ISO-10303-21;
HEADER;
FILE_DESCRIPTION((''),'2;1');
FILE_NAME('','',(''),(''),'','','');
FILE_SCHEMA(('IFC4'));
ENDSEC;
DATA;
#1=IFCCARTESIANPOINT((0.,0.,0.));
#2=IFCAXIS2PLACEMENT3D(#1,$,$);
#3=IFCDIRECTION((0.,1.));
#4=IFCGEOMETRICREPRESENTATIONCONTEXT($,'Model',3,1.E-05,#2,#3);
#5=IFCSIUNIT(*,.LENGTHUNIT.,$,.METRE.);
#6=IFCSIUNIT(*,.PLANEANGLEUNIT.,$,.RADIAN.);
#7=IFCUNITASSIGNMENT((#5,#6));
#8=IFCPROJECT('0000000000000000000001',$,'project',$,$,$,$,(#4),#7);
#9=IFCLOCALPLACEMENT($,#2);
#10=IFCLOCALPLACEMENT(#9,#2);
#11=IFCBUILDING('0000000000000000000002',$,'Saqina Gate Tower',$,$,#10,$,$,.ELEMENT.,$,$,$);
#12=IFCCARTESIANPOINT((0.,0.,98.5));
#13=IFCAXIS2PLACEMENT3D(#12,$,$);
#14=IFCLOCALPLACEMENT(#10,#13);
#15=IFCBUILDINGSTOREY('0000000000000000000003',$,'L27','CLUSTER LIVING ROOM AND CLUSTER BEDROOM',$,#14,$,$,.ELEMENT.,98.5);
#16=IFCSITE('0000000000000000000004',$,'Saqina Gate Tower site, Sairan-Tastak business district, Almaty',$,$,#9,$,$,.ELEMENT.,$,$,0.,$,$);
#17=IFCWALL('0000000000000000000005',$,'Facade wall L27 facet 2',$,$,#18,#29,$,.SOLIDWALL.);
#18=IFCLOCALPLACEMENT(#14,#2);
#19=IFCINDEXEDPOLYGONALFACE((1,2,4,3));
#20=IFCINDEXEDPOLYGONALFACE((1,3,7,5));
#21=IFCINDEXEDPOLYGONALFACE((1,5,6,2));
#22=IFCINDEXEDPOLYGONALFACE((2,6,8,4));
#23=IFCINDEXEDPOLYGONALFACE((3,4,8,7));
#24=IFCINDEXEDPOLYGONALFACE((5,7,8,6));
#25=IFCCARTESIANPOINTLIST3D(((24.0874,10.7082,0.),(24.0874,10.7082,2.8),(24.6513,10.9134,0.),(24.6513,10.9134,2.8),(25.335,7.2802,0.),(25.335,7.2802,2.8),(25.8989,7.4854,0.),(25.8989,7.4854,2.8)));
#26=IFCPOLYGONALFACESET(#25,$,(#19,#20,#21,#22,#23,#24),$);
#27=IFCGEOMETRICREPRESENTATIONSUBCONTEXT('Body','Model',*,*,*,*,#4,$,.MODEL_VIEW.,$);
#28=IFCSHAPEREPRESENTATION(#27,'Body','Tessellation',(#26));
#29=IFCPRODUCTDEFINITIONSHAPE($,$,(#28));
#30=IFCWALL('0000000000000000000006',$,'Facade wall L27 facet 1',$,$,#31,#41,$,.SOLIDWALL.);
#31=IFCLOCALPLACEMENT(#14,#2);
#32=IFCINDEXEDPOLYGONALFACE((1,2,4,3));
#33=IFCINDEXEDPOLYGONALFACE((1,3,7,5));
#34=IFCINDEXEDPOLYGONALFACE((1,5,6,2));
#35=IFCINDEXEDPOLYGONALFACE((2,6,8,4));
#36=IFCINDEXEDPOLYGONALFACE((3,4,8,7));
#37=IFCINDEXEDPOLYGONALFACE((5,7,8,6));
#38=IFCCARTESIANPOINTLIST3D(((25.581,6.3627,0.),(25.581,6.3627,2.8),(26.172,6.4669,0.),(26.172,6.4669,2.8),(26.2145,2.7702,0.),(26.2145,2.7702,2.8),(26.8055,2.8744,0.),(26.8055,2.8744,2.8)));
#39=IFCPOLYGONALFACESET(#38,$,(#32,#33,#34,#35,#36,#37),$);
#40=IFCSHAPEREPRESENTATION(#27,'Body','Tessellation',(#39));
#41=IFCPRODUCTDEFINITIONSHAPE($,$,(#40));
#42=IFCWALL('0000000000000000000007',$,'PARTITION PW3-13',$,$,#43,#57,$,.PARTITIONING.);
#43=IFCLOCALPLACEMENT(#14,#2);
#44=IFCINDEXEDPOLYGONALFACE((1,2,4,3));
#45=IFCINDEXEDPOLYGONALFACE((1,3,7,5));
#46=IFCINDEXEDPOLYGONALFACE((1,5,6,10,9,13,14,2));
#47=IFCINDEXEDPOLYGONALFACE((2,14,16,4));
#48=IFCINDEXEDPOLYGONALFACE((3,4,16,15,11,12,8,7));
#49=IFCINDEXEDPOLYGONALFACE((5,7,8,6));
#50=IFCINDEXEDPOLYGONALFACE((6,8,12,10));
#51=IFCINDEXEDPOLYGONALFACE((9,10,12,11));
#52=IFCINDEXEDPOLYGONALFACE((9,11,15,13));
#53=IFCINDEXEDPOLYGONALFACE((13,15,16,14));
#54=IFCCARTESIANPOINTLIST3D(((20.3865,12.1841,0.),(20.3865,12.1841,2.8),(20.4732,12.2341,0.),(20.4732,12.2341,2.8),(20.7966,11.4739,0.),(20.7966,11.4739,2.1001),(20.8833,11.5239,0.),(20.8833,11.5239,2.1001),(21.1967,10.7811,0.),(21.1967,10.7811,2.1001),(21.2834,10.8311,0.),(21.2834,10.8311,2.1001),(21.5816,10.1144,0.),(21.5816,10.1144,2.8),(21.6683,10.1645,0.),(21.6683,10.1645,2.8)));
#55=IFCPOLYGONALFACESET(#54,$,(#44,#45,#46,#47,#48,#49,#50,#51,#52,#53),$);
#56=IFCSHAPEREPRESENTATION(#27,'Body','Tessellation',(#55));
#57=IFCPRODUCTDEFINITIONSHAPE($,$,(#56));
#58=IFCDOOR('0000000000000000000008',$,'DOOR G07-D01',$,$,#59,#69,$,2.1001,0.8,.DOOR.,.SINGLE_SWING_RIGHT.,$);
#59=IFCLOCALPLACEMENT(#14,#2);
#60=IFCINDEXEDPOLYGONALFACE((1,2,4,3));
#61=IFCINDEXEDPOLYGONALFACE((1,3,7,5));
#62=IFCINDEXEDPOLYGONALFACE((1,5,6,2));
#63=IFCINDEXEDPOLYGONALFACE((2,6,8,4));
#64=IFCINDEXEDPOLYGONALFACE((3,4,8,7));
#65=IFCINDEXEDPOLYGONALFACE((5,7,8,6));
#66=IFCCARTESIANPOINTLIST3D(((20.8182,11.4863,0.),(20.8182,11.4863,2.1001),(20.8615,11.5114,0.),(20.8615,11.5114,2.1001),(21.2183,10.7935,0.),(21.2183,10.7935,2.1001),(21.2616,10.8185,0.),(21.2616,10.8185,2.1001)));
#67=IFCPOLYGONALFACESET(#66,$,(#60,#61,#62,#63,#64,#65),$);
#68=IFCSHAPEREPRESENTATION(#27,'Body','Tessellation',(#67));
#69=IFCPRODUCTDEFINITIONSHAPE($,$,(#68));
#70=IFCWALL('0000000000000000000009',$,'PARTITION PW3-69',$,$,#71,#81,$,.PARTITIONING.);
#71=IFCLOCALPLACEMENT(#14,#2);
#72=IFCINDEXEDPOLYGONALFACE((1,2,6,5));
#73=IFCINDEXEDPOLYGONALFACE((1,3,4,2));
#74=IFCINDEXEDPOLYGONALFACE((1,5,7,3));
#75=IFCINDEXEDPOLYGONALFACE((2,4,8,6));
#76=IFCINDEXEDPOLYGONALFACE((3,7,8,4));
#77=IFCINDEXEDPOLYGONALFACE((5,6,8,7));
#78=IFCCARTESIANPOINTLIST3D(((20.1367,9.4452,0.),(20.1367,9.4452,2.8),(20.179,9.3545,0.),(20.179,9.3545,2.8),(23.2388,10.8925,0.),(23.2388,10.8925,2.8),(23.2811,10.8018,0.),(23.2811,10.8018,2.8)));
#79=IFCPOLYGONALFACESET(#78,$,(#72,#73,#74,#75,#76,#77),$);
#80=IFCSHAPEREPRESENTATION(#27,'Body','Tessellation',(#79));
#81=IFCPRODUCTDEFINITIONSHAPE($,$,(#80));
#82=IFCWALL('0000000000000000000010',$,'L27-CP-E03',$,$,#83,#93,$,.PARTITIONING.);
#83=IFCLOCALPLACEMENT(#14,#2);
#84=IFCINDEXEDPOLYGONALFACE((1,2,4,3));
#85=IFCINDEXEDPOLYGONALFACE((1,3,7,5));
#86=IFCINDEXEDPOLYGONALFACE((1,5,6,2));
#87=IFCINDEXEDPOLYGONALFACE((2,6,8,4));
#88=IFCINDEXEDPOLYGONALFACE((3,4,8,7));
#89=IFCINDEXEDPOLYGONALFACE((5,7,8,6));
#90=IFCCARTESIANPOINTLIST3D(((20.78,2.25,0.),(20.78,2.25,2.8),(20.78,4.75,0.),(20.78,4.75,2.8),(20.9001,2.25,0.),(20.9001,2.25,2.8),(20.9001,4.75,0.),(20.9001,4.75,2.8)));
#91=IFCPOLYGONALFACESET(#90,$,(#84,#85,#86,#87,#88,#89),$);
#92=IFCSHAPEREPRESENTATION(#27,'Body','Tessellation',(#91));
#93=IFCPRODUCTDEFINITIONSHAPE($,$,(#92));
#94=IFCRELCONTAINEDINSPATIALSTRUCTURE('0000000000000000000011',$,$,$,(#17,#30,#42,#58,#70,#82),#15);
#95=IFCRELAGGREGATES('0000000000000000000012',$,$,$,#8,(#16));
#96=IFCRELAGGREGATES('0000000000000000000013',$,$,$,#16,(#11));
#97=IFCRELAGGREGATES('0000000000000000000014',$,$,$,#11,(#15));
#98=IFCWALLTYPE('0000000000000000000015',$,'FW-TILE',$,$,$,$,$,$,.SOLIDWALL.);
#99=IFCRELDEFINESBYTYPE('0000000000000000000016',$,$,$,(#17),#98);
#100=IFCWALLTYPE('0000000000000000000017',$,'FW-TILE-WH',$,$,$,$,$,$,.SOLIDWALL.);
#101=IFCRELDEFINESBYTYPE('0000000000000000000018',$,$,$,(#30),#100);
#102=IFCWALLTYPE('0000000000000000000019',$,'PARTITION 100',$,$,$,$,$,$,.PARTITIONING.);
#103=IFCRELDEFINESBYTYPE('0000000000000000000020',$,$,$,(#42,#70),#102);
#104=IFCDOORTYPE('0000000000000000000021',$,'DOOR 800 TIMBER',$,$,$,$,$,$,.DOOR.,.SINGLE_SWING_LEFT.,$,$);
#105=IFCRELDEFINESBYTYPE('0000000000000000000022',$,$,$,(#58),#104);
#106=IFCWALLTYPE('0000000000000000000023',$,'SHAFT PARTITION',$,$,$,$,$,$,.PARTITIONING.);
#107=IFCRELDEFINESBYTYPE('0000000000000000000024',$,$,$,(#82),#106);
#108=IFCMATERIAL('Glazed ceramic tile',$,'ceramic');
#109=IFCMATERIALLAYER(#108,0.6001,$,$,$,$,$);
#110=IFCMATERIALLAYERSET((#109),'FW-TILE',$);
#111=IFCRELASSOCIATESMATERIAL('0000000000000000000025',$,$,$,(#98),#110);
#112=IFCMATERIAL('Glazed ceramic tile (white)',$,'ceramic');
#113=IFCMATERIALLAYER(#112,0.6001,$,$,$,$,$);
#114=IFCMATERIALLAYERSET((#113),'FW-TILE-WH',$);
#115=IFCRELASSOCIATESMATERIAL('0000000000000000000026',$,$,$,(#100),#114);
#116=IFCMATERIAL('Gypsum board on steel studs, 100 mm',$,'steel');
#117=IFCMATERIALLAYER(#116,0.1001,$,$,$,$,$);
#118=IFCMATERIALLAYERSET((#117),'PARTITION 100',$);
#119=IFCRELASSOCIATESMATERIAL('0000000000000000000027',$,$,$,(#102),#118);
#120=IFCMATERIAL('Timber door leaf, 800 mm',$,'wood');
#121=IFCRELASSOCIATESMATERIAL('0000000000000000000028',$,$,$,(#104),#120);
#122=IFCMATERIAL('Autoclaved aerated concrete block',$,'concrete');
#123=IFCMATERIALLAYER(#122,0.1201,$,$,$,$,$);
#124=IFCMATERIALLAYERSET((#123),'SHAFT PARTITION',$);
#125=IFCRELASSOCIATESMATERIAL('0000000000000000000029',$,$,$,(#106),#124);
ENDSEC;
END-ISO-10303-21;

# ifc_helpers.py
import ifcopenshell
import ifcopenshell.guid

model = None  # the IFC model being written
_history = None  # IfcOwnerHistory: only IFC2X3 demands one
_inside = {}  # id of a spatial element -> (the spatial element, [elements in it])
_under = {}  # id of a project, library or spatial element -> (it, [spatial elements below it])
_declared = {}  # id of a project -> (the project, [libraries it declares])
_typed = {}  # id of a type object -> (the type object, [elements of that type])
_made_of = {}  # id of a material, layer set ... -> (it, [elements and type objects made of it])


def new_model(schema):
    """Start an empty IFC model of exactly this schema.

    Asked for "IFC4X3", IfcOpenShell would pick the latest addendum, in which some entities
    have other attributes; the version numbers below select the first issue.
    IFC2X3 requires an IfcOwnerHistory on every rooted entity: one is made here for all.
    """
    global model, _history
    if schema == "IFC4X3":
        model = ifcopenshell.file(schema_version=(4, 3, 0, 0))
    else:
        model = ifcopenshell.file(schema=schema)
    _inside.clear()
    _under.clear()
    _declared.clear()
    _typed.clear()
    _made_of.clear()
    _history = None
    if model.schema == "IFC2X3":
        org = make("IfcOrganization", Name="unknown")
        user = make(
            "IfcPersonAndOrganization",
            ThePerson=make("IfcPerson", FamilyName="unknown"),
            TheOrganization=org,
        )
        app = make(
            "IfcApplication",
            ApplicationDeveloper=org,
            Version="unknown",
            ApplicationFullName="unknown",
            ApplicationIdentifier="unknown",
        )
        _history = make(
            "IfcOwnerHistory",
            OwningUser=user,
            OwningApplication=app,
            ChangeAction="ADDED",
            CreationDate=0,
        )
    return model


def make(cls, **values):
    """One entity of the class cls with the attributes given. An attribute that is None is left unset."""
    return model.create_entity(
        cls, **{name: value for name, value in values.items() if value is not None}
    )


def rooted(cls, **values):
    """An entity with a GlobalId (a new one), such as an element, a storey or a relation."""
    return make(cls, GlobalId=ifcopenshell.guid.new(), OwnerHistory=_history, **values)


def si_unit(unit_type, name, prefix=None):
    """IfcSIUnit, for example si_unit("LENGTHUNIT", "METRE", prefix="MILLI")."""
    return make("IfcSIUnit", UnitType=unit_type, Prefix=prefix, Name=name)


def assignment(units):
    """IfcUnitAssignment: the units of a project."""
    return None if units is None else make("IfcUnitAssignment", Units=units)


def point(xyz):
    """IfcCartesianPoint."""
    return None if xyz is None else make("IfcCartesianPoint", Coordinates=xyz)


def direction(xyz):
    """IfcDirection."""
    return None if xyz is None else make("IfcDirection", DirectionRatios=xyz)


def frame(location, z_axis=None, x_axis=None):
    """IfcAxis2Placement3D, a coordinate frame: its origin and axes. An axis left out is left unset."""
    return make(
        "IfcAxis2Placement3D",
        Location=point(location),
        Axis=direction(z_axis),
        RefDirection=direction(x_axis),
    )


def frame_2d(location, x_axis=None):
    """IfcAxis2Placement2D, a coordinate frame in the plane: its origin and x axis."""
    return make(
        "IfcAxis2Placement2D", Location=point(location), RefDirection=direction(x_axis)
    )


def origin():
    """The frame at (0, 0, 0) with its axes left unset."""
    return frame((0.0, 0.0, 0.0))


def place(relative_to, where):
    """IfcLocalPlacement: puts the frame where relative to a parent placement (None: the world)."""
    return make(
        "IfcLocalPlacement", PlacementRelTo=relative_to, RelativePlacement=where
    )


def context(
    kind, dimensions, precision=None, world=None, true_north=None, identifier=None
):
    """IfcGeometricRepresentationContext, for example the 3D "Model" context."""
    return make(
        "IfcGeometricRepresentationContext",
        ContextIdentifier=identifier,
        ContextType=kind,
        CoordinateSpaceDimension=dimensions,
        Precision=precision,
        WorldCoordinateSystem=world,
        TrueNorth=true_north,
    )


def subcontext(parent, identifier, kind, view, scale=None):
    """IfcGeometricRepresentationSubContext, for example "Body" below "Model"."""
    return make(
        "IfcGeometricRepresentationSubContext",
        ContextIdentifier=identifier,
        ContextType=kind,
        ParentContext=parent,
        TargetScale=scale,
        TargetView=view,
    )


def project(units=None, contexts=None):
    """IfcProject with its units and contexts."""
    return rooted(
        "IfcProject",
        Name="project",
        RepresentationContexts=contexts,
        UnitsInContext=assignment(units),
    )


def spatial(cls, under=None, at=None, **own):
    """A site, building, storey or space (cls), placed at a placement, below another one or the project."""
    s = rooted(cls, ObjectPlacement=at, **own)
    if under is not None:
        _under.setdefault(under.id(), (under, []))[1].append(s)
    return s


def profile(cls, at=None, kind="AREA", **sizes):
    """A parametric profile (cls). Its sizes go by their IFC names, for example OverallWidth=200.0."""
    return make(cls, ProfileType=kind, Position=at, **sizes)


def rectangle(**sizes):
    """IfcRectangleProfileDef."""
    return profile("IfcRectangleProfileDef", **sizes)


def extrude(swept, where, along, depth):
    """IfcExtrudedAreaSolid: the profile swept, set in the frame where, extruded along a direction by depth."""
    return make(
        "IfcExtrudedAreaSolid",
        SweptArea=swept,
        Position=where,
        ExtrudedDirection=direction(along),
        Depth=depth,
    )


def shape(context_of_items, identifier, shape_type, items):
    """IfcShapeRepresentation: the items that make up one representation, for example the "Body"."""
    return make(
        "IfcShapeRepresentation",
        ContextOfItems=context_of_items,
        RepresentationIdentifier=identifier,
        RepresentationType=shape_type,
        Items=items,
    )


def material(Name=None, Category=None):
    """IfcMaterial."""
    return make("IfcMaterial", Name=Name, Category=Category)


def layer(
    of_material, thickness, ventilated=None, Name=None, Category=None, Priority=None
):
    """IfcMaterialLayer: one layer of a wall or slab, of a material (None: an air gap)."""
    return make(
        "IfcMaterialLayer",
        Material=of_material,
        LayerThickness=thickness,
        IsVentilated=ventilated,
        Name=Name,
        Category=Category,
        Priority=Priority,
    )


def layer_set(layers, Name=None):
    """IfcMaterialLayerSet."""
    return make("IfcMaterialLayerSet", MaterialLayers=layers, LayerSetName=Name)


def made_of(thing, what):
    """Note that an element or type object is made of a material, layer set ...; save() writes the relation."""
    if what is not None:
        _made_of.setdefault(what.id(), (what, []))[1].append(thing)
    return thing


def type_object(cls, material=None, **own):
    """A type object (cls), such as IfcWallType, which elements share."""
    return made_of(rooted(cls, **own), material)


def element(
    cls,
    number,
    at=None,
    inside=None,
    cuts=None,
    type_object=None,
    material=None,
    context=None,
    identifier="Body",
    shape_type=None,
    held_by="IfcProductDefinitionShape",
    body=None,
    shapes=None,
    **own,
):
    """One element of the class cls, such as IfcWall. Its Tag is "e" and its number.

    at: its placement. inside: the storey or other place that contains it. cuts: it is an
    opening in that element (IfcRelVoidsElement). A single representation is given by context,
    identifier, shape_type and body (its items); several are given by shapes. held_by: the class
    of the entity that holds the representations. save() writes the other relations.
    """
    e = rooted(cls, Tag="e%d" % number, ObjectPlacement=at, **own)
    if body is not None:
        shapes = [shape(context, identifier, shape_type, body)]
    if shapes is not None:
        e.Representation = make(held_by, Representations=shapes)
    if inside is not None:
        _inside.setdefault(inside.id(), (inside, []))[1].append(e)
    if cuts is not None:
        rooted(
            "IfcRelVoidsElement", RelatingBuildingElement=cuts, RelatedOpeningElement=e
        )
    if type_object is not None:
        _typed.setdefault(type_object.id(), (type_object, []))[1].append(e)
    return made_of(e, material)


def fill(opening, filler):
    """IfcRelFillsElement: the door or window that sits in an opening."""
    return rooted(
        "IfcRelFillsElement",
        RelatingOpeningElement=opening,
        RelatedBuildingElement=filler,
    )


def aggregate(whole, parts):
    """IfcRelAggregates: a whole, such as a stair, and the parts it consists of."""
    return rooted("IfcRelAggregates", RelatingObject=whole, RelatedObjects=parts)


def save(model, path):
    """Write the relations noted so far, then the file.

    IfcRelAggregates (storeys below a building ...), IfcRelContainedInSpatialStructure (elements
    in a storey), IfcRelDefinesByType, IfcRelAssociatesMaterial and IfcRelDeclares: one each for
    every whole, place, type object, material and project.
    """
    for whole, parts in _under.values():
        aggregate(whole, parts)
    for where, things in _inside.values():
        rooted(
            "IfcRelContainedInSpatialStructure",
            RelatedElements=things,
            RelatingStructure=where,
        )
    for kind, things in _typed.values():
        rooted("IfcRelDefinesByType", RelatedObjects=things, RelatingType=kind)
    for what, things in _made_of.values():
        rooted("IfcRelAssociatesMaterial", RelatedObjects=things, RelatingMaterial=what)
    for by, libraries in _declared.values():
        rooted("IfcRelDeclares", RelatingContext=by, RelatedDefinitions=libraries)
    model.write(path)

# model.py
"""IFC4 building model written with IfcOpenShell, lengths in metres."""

from ifc_helpers import new_model, si_unit, direction, frame, frame_2d, origin, place, context, subcontext, project, spatial, rectangle, extrude, material, layer, layer_set, type_object, element, fill, save


model = new_model("IFC4")

# Units and contexts
model_context = context("Model", 3, precision=1e-05, world=origin(), true_north=direction((0.0, 1.0)))
body_context = subcontext(model_context, "Body", "Model", "MODEL_VIEW")
ifc_project = project(units=[si_unit("LENGTHUNIT", "METRE"), si_unit("PLANEANGLEUNIT", "RADIAN")], contexts=[model_context])

# Site, building, storey
site_placement = place(None, origin())
site = spatial("IfcSite", under=ifc_project, at=site_placement, Name="Saqina Gate Tower site, Sairan-Tastak business district, Almaty", CompositionType="ELEMENT", RefElevation=0.0)
building_placement = place(site_placement, origin())
building = spatial("IfcBuilding", under=site, at=building_placement, Name="Saqina Gate Tower", CompositionType="ELEMENT")
storey_placement = place(building_placement, frame((0.0, 0.0, 98.5)))
storey = spatial("IfcBuildingStorey", under=building, at=storey_placement, Name="L27", Description="CLUSTER LIVING ROOM AND CLUSTER BEDROOM", CompositionType="ELEMENT", Elevation=98.5)

# Walls
ifc_material_1 = material(Name="Glazed ceramic tile", Category="ceramic")
ifc_layer_1 = layer(ifc_material_1, 0.6001)
ifc_layer_set_1 = layer_set([ifc_layer_1], Name="FW-TILE")
wall_type_1 = type_object("IfcWallType", Name="FW-TILE", PredefinedType="SOLIDWALL", material=ifc_layer_set_1)
wall_1_placement = place(storey_placement, frame((25.6169, 7.3828, 0.0), z_axis=(0.0, 0.0, 1.0), x_axis=(-0.34199, 0.939704, 0.0)))
element("IfcWall", 1, at=wall_1_placement, inside=storey, type_object=wall_type_1, Name="Facade wall L27 facet 2", PredefinedType="SOLIDWALL", context=body_context, shape_type="SweptSolid", body=[
    extrude(rectangle(XDim=3.6479, YDim=0.6001, at=frame_2d((1.824, 0.0))), origin(), (0.0, 0.0, 1.0), 2.8),
])
ifc_material_2 = material(Name="Glazed ceramic tile (white)", Category="ceramic")
ifc_layer_2 = layer(ifc_material_2, 0.6001)
ifc_layer_set_2 = layer_set([ifc_layer_2], Name="FW-TILE-WH")
wall_type_2 = type_object("IfcWallType", Name="FW-TILE-WH", PredefinedType="SOLIDWALL", material=ifc_layer_set_2)
wall_2_placement = place(storey_placement, frame((26.51, 2.8223, 0.0), z_axis=(0.0, 0.0, 1.0), x_axis=(-0.173671, 0.984804, 0.0)))
element("IfcWall", 2, at=wall_2_placement, inside=storey, type_object=wall_type_2, Name="Facade wall L27 facet 1", PredefinedType="SOLIDWALL", context=body_context, shape_type="SweptSolid", body=[
    extrude(rectangle(XDim=3.6479, YDim=0.6001, at=frame_2d((1.824, 0.0))), origin(), (0.0, 0.0, 1.0), 2.8),
])

# Wall, opening, door
ifc_material_3 = material(Name="Gypsum board on steel studs, 100 mm", Category="steel")
ifc_layer_3 = layer(ifc_material_3, 0.1001)
ifc_layer_set_3 = layer_set([ifc_layer_3], Name="PARTITION 100")
wall_type_3 = type_object("IfcWallType", Name="PARTITION 100", PredefinedType="PARTITIONING", material=ifc_layer_set_3)
wall_3_placement = place(storey_placement, frame((20.4299, 12.209, 0.0), z_axis=(0.0, 0.0, 1.0), x_axis=(0.500061, -0.86599, 0.0)))
wall_3 = element("IfcWall", 3, at=wall_3_placement, inside=storey, type_object=wall_type_3, Name="PARTITION PW3-13", PredefinedType="PARTITIONING", context=body_context, shape_type="SweptSolid", body=[
    extrude(rectangle(XDim=2.3899, YDim=0.1001, at=frame_2d((1.1948, 0.0))), origin(), (0.0, 0.0, 1.0), 2.8),
])
opening_1_placement = place(wall_3_placement, frame((0.8201, 0.0, 0.0)))
opening_1 = element("IfcOpeningElement", 4, at=opening_1_placement, cuts=wall_3, PredefinedType="OPENING", context=body_context, shape_type="SweptSolid", body=[
    extrude(rectangle(XDim=0.8, YDim=2.1001, at=frame_2d((0.3999, 1.05))), frame((0.0, 0.062, 0.0), z_axis=(0.0, -1.0, 0.0), x_axis=(1.0, 0.0, 0.0)), (0.0, 0.0, 1.0), 0.124),
])
ifc_material_4 = material(Name="Timber door leaf, 800 mm", Category="wood")
door_type_1 = type_object("IfcDoorType", Name="DOOR 800 TIMBER", OperationType="SINGLE_SWING_LEFT", PredefinedType="DOOR", material=ifc_material_4)
door_1_placement = place(opening_1_placement, origin())
door_1 = element("IfcDoor", 5, at=door_1_placement, inside=storey, type_object=door_type_1, Name="DOOR G07-D01", OperationType="SINGLE_SWING_RIGHT", OverallHeight=2.1001, OverallWidth=0.8, PredefinedType="DOOR", context=body_context, shape_type="SweptSolid", body=[
    extrude(rectangle(XDim=0.8, YDim=2.1001, at=frame_2d((0.3999, 1.05))), frame((0.0, 0.0249, 0.0), z_axis=(0.0, -1.0, 0.0), x_axis=(1.0, 0.0, 0.0)), (0.0, 0.0, 1.0), 0.05),
])
fill(opening_1, door_1)

# Walls
wall_4_placement = place(storey_placement, frame((20.158, 9.3999, 0.0), z_axis=(0.0, 0.0, 1.0), x_axis=(0.906223, 0.4228, 0.0)))
element("IfcWall", 6, at=wall_4_placement, inside=storey, type_object=wall_type_3, Name="PARTITION PW3-69", PredefinedType="PARTITIONING", context=body_context, shape_type="SweptSolid", body=[
    extrude(rectangle(XDim=3.4231, YDim=0.1001, at=frame_2d((1.7114, 0.0))), origin(), (0.0, 0.0, 1.0), 2.8),
])
ifc_material_5 = material(Name="Autoclaved aerated concrete block", Category="concrete")
ifc_layer_4 = layer(ifc_material_5, 0.1201)
ifc_layer_set_4 = layer_set([ifc_layer_4], Name="SHAFT PARTITION")
wall_type_4 = type_object("IfcWallType", Name="SHAFT PARTITION", PredefinedType="PARTITIONING", material=ifc_layer_set_4)
wall_5_placement = place(storey_placement, frame((20.8401, 2.25, 0.0), z_axis=(0.0, 0.0, 1.0), x_axis=(0.0, 1.0, 0.0)))
element("IfcWall", 7, at=wall_5_placement, inside=storey, type_object=wall_type_4, Name="L27-CP-E03", PredefinedType="PARTITIONING", context=body_context, shape_type="SweptSolid", body=[
    extrude(rectangle(XDim=2.5, YDim=0.1201, at=frame_2d((1.25, 0.0))), origin(), (0.0, 0.0, 1.0), 2.8),
])

save(model, "model.ifc")
